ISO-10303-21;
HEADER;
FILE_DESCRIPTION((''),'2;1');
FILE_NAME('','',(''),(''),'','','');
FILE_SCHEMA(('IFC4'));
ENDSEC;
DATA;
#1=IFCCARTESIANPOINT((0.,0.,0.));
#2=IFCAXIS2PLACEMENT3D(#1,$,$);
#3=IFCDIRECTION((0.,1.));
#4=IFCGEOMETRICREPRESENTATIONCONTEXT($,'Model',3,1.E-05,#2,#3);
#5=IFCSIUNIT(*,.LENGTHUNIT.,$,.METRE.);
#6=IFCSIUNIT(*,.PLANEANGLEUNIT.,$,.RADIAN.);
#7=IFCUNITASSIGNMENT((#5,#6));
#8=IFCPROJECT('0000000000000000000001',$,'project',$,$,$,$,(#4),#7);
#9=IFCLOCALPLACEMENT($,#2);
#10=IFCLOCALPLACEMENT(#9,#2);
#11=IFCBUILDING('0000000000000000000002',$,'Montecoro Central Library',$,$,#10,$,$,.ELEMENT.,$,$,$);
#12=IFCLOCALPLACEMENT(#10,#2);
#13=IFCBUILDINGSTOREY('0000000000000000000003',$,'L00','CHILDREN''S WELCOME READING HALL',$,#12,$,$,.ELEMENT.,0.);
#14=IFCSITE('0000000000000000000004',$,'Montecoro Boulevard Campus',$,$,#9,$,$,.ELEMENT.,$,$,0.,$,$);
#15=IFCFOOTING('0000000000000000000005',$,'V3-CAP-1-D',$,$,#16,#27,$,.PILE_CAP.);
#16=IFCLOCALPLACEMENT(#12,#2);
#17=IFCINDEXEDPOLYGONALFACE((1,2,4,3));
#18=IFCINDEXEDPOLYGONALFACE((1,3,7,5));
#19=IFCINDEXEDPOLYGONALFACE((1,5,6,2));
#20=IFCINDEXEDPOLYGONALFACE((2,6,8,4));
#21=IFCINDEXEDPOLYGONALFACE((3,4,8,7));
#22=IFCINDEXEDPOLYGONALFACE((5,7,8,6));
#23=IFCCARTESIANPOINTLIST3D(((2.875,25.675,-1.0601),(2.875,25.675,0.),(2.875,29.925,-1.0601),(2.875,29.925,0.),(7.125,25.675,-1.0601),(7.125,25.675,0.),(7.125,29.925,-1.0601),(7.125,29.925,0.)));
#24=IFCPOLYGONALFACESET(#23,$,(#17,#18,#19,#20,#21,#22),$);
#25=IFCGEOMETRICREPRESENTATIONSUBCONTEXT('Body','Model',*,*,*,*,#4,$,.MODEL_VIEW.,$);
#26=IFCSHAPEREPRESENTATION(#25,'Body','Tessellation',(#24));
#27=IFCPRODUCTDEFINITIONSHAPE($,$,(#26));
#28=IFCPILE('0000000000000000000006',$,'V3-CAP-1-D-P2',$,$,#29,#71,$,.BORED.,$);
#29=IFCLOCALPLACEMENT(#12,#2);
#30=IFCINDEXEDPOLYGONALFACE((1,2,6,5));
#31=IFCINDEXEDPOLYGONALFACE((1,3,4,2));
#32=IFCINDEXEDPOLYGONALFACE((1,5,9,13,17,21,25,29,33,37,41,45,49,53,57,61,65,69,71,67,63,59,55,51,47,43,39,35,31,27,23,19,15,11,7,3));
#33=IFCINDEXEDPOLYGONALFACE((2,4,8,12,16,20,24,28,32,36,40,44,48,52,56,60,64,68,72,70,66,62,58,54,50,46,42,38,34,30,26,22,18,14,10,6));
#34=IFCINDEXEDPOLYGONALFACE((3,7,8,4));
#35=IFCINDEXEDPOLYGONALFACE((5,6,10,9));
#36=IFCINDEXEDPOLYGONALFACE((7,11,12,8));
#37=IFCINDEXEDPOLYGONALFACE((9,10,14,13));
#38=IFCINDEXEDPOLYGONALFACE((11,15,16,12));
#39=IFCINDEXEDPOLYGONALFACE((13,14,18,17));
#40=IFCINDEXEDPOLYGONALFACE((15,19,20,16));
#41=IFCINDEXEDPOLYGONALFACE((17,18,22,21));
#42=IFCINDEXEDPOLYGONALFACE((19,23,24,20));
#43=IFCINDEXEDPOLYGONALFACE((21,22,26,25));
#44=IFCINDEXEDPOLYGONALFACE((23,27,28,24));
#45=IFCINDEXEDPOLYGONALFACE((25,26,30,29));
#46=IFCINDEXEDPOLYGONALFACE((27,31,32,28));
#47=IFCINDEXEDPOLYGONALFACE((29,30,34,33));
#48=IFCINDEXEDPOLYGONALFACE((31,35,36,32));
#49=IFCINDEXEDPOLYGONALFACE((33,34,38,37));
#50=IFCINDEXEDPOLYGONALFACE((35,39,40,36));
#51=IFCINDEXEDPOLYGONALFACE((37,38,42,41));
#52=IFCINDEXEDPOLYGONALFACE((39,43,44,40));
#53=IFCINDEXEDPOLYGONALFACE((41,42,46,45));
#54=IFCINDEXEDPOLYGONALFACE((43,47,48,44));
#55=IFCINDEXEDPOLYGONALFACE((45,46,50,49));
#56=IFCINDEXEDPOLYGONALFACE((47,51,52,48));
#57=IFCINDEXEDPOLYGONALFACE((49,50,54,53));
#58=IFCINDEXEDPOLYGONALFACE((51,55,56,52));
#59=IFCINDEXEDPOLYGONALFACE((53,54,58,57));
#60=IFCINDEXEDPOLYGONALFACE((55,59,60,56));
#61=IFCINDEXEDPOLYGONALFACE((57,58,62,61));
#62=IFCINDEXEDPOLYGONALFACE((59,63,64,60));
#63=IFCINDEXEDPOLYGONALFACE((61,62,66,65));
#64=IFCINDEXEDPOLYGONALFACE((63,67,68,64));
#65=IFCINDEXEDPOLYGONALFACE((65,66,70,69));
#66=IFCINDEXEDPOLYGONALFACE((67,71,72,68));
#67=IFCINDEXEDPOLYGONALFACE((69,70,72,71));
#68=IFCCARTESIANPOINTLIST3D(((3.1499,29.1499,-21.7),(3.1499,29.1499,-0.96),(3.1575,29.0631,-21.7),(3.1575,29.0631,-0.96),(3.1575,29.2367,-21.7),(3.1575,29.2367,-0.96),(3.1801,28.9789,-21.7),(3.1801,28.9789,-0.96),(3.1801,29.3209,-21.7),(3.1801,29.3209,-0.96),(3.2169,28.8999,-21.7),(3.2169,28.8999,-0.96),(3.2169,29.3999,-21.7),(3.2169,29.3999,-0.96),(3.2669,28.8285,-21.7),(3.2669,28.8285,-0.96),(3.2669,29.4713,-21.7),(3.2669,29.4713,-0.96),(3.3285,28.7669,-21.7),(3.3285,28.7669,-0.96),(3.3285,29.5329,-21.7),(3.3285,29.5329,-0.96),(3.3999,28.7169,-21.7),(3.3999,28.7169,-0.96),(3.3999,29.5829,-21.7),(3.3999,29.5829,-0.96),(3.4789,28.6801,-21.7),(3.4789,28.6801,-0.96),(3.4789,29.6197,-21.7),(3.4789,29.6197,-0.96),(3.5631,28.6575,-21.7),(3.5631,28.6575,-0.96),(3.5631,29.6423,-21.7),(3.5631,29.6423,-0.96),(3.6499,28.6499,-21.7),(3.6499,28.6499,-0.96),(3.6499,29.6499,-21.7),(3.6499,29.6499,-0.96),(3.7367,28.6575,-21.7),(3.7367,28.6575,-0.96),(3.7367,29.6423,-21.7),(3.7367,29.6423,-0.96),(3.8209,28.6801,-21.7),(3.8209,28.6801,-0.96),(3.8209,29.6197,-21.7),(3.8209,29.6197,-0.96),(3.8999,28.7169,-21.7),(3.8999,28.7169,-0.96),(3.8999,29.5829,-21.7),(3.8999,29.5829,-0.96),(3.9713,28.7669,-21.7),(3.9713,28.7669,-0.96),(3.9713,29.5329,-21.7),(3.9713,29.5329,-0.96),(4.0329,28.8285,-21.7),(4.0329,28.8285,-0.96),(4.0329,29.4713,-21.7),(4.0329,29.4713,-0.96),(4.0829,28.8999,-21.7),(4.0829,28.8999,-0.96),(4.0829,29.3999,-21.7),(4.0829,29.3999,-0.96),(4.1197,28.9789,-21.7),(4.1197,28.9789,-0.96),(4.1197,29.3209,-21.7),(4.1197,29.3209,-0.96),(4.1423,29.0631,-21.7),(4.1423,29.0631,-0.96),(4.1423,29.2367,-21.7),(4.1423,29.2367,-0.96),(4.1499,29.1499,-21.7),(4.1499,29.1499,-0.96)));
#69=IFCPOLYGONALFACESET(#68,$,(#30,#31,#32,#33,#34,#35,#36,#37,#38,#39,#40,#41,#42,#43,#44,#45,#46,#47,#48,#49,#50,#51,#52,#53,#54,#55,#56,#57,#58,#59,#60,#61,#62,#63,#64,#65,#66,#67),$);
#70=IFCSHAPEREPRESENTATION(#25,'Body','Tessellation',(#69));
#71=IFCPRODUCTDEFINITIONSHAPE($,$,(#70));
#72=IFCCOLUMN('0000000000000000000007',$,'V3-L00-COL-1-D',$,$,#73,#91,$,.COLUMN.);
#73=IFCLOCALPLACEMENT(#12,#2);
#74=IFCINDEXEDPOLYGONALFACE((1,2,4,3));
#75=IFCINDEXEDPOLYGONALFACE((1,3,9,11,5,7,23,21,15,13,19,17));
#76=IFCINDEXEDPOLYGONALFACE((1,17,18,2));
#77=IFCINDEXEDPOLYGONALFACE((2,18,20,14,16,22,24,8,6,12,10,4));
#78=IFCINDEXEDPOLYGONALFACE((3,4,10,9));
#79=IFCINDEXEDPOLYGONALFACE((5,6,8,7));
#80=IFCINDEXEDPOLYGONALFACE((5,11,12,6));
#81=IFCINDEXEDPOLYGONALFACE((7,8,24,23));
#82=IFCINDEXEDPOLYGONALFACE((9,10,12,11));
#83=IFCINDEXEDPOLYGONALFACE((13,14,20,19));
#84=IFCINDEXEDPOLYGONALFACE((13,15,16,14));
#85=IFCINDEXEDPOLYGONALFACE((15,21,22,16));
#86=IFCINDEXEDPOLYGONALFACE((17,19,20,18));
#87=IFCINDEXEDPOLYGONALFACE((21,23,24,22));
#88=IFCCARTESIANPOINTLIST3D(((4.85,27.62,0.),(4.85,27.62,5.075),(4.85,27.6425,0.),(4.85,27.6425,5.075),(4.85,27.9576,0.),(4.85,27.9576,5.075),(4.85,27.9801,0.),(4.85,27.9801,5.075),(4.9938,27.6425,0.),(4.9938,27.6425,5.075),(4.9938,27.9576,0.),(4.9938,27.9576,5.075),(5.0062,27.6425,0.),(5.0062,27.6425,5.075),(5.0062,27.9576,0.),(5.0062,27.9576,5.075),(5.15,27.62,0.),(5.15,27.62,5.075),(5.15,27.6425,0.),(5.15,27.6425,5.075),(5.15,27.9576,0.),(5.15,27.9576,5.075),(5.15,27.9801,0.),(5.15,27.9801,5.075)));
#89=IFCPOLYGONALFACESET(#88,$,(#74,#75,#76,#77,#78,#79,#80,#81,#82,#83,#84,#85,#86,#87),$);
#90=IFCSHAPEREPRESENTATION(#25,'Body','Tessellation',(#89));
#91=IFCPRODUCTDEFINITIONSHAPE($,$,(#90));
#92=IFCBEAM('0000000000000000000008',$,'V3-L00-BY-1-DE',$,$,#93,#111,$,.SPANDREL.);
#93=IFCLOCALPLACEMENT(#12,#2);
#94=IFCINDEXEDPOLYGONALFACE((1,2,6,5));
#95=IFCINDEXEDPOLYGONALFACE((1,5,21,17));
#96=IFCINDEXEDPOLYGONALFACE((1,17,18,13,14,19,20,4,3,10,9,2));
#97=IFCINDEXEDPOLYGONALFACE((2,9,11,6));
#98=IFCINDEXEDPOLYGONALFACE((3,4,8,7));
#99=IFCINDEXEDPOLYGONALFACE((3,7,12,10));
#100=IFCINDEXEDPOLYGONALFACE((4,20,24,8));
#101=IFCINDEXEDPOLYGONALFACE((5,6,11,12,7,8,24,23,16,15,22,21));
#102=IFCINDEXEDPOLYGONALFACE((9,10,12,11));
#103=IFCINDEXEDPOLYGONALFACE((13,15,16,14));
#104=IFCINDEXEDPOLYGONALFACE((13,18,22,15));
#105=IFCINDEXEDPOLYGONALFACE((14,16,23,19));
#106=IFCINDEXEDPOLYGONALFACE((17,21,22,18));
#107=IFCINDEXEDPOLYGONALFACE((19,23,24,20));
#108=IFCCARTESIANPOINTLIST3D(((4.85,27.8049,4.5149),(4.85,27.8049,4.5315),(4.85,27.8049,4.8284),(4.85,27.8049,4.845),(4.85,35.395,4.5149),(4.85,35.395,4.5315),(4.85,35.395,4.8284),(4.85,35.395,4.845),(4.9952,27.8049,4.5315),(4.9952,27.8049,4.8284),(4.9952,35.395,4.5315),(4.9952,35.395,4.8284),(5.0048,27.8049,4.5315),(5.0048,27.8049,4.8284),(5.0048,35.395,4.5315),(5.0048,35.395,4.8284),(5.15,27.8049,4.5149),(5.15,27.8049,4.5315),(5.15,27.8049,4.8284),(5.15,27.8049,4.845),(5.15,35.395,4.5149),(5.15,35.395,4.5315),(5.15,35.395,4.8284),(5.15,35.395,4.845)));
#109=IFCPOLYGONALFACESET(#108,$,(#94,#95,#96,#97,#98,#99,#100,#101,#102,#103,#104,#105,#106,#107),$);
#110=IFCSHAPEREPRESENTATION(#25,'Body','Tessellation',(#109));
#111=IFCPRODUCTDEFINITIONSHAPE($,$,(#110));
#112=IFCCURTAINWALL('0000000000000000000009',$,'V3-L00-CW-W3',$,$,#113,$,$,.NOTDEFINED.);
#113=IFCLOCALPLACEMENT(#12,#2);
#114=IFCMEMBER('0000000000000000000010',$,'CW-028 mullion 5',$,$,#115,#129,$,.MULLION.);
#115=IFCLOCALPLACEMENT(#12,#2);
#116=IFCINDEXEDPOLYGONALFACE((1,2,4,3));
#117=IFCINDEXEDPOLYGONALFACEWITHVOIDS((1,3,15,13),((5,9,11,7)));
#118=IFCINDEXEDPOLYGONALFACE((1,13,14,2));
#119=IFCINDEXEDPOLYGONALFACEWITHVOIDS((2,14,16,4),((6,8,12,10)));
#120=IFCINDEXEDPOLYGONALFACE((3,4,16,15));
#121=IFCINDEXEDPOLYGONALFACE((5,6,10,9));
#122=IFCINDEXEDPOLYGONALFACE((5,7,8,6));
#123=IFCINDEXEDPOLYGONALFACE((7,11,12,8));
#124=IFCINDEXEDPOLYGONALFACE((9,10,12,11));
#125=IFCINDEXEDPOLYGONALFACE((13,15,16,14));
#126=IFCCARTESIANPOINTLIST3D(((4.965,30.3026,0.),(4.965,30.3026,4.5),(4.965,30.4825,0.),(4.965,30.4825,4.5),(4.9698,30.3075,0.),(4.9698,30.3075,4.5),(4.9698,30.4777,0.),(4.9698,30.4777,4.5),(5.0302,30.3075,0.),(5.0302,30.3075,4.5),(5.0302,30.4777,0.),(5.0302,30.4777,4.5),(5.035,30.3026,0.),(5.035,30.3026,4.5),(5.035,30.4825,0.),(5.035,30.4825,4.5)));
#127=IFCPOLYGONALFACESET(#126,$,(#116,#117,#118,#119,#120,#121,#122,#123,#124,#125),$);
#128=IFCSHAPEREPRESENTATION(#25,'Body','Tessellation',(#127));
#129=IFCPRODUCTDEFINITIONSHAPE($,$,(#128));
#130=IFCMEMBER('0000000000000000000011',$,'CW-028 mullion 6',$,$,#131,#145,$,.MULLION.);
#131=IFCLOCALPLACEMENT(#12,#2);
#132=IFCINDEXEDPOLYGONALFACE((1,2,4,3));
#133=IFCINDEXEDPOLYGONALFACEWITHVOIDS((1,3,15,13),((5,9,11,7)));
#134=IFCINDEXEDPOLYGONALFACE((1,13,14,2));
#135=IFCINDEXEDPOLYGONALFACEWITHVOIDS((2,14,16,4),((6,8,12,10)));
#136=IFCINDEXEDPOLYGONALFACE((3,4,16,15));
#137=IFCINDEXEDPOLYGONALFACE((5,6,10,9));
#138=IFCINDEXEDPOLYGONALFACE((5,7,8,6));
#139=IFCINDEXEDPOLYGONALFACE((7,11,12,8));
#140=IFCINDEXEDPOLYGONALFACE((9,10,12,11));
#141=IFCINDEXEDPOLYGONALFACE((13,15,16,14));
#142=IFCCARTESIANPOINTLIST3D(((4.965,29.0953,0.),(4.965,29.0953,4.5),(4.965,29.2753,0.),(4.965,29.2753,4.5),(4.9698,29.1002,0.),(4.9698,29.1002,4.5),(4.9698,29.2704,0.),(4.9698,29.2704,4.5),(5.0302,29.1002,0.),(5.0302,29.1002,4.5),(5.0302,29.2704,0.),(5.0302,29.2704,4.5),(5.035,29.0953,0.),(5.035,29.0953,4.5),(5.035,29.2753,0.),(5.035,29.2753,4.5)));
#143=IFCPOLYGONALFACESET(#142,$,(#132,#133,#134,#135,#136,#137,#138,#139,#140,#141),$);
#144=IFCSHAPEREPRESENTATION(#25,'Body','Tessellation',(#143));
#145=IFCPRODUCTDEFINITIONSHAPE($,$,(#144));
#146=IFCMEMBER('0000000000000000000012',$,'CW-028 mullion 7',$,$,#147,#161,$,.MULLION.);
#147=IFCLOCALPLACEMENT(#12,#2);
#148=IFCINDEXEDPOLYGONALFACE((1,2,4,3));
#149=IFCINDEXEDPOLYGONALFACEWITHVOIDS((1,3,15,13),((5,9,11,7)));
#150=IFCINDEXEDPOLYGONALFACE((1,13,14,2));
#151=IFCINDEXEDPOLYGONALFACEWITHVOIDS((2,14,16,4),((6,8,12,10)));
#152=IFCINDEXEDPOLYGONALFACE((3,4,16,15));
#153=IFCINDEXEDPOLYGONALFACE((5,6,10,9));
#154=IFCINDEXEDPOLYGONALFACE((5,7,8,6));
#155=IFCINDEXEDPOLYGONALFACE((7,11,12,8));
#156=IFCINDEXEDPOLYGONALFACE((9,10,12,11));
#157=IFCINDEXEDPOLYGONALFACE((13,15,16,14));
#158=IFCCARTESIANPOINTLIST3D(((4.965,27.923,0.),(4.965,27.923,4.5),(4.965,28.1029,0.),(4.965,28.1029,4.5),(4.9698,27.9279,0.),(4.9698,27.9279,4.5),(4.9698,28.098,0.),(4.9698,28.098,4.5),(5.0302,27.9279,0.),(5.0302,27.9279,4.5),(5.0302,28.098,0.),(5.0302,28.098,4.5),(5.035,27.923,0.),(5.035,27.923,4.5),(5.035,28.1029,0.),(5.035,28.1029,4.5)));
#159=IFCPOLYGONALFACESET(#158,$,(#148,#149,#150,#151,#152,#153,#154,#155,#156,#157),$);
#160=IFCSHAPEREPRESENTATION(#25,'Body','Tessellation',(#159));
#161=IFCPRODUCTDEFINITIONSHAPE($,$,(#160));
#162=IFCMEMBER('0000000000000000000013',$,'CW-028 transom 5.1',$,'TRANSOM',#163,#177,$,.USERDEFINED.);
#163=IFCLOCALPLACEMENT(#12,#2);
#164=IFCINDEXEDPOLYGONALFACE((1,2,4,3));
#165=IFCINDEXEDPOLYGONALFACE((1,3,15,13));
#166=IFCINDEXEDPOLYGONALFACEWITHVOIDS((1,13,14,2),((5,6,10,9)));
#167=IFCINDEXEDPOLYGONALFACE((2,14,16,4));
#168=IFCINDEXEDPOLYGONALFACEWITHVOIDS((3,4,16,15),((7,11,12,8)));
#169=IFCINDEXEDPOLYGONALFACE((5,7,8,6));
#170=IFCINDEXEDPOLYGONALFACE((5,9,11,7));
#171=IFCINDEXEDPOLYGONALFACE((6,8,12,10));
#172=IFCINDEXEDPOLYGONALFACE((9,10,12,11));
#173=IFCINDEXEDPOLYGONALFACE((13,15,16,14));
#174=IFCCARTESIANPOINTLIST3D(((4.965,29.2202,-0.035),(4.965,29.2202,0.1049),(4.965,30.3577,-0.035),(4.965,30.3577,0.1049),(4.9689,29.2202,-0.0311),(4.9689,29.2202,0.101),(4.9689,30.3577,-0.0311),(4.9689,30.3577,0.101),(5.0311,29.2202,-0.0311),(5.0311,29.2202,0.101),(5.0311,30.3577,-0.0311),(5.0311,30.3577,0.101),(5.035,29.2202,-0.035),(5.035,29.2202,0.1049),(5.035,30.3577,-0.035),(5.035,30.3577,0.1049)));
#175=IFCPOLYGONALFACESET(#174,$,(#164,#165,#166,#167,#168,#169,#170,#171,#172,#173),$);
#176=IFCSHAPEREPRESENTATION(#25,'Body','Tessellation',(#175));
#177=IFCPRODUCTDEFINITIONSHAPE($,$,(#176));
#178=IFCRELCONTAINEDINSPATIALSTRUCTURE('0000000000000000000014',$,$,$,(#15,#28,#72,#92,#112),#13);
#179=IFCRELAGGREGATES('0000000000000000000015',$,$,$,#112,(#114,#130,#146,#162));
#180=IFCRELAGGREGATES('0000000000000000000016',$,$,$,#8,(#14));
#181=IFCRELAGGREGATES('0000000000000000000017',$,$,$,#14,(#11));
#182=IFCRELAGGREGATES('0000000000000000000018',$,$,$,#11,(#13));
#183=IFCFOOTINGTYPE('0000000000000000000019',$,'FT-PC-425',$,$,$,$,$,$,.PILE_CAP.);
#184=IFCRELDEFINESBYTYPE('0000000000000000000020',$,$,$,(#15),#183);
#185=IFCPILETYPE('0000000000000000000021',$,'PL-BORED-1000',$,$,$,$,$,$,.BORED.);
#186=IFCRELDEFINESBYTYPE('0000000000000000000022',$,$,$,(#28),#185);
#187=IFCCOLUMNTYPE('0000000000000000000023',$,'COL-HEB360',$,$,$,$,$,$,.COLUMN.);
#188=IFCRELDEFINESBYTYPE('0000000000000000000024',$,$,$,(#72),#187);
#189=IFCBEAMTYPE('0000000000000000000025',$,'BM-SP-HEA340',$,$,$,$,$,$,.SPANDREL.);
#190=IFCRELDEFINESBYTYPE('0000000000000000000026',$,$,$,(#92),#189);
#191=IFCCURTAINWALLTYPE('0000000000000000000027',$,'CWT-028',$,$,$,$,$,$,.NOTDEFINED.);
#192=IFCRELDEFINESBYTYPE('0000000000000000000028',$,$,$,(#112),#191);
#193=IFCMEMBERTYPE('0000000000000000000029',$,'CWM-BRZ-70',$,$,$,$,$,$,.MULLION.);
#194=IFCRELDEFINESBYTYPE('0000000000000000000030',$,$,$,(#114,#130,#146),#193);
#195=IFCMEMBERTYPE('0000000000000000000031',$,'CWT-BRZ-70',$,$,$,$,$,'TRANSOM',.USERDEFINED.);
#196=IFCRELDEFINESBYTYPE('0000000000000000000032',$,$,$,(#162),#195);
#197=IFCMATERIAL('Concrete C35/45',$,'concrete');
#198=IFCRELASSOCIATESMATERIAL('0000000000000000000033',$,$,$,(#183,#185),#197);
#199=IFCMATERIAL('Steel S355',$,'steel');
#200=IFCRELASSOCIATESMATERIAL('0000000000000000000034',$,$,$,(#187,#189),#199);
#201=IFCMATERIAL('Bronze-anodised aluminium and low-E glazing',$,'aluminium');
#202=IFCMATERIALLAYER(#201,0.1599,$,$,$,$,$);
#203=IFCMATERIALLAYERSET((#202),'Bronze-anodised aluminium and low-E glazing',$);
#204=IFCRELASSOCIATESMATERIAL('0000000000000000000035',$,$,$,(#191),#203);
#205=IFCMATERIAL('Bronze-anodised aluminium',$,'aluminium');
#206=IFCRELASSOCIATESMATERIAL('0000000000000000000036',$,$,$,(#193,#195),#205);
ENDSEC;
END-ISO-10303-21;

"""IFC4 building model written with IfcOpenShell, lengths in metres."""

from ifc_helpers import new_model, si_unit, direction, frame, origin, origin_2d, place, context, subcontext, project, spatial, rectangle, hollow_rectangle, circle, i_section, extrude, material, layer, layer_set, material_profile, profile_set, type_object, element, aggregate, save


model = new_model("IFC4")

# Units and contexts
model_context = context("Model", 3, precision=1e-05, world=origin(), true_north=direction((0.0, 1.0)))
body_context = subcontext(model_context, "Body", "Model", "MODEL_VIEW")
ifc_project = project(units=[si_unit("LENGTHUNIT", "METRE"), si_unit("PLANEANGLEUNIT", "RADIAN")], contexts=[model_context])

# Site, building, storey
site_placement = place(None, origin())
site = spatial("IfcSite", under=ifc_project, at=site_placement, Name="Montecoro Boulevard Campus", CompositionType="ELEMENT", RefElevation=0.0)
building_placement = place(site_placement, origin())
building = spatial("IfcBuilding", under=site, at=building_placement, Name="Montecoro Central Library", CompositionType="ELEMENT")
storey_placement = place(building_placement, origin())
storey = spatial("IfcBuildingStorey", under=building, at=storey_placement, Name="L00", Description="CHILDREN'S WELCOME READING HALL", CompositionType="ELEMENT", Elevation=0.0)

# Footing
ifc_material_1 = material(Name="Concrete C35/45", Category="concrete")
footing_type = type_object("IfcFootingType", Name="FT-PC-425", PredefinedType="PILE_CAP", material=ifc_material_1)
footing_placement = place(storey_placement, frame((5.0, 27.8, -1.0601), z_axis=(0.0, 0.0, 1.0), x_axis=(1.0, 0.0, 0.0)))
element("IfcFooting", 1, at=footing_placement, inside=storey, type_object=footing_type, Name="V3-CAP-1-D", PredefinedType="PILE_CAP", context=body_context, shape_type="SweptSolid", body=[
    extrude(rectangle(XDim=4.25, YDim=4.25, at=origin_2d()), origin(), (0.0, 0.0, 1.0), 1.0601),
])

# Pile
ifc_material_profile_1 = material_profile(ifc_material_1, circle(Radius=0.5, at=origin_2d()), Name="PILE D1000")
ifc_profile_set_1 = profile_set([ifc_material_profile_1], Name="Concrete C35/45")
pile_type = type_object("IfcPileType", Name="PL-BORED-1000", PredefinedType="BORED", material=ifc_profile_set_1)
pile_placement = place(storey_placement, frame((3.6499, 29.1499, -0.96), z_axis=(0.0, 0.0, -1.0), x_axis=(1.0, 0.0, 0.0)))
element("IfcPile", 2, at=pile_placement, inside=storey, type_object=pile_type, Name="V3-CAP-1-D-P2", PredefinedType="BORED", context=body_context, shape_type="SweptSolid", body=[
    extrude(circle(Radius=0.5, at=origin_2d()), origin(), (0.0, 0.0, 1.0), 20.74),
])

# Column
ifc_material_2 = material(Name="Steel S355", Category="steel")
ifc_material_profile_2 = material_profile(ifc_material_2, i_section(OverallWidth=0.3, OverallDepth=0.3601, WebThickness=0.0125, FlangeThickness=0.0225, at=origin_2d()), Name="HEB 360")
ifc_profile_set_2 = profile_set([ifc_material_profile_2], Name="Steel S355")
column_type = type_object("IfcColumnType", Name="COL-HEB360", PredefinedType="COLUMN", material=ifc_profile_set_2)
column_placement = place(storey_placement, frame((5.0, 27.8, 0.0), z_axis=(0.0, 0.0, 1.0), x_axis=(1.0, 0.0, 0.0)))
element("IfcColumn", 3, at=column_placement, inside=storey, type_object=column_type, Name="V3-L00-COL-1-D", PredefinedType="COLUMN", context=body_context, shape_type="SweptSolid", body=[
    extrude(i_section(OverallWidth=0.3, OverallDepth=0.3601, WebThickness=0.0125, FlangeThickness=0.0225, at=origin_2d()), origin(), (0.0, 0.0, 1.0), 5.075),
])

# Beam
ifc_material_profile_3 = material_profile(ifc_material_2, i_section(OverallWidth=0.3, OverallDepth=0.3301, WebThickness=0.0095, FlangeThickness=0.0166, at=origin_2d()), Name="HEA 340")
ifc_profile_set_3 = profile_set([ifc_material_profile_3], Name="Steel S355")
beam_type = type_object("IfcBeamType", Name="BM-SP-HEA340", PredefinedType="SPANDREL", material=ifc_profile_set_3)
beam_placement = place(storey_placement, frame((5.0, 27.8049, 4.6799), z_axis=(0.0, 1.0, 0.0), x_axis=(-1.0, 0.0, 0.0)))
element("IfcBeam", 4, at=beam_placement, inside=storey, type_object=beam_type, Name="V3-L00-BY-1-DE", PredefinedType="SPANDREL", context=body_context, shape_type="SweptSolid", body=[
    extrude(i_section(OverallWidth=0.3, OverallDepth=0.3301, WebThickness=0.0095, FlangeThickness=0.0166, at=origin_2d()), origin(), (0.0, 0.0, 1.0), 7.5901),
])

# Curtain wall, members
ifc_material_3 = material(Name="Bronze-anodised aluminium and low-E glazing", Category="aluminium")
ifc_layer_1 = layer(ifc_material_3, 0.1599)
ifc_layer_set_1 = layer_set([ifc_layer_1], Name="Bronze-anodised aluminium and low-E glazing")
curtain_wall_type = type_object("IfcCurtainWallType", Name="CWT-028", PredefinedType="NOTDEFINED", material=ifc_layer_set_1)
curtain_wall_placement = place(storey_placement, origin())
curtain_wall = element("IfcCurtainWall", 5, at=curtain_wall_placement, inside=storey, type_object=curtain_wall_type, Name="V3-L00-CW-W3", PredefinedType="NOTDEFINED")
ifc_material_4 = material(Name="Bronze-anodised aluminium", Category="aluminium")
ifc_material_profile_4 = material_profile(ifc_material_4, hollow_rectangle(XDim=0.0701, YDim=0.1799, WallThickness=0.0049, at=origin_2d()), Name="CWM 180x70x5.0")
ifc_profile_set_4 = profile_set([ifc_material_profile_4], Name="Bronze-anodised aluminium")
member_type_1 = type_object("IfcMemberType", Name="CWM-BRZ-70", PredefinedType="MULLION", material=ifc_profile_set_4)
member_1_placement = place(storey_placement, frame((5.0, 30.3926, 0.0), z_axis=(0.0, 0.0, 1.0), x_axis=(1.0, 0.0, 0.0)))
member_1 = element("IfcMember", 6, at=member_1_placement, type_object=member_type_1, Name="CW-028 mullion 5", PredefinedType="MULLION", context=body_context, shape_type="SweptSolid", body=[
    extrude(hollow_rectangle(XDim=0.0701, YDim=0.1799, WallThickness=0.0049, at=origin_2d()), origin(), (0.0, 0.0, 1.0), 4.5),
])
member_2_placement = place(storey_placement, frame((5.0, 29.1853, 0.0), z_axis=(0.0, 0.0, 1.0), x_axis=(1.0, 0.0, 0.0)))
member_2 = element("IfcMember", 7, at=member_2_placement, type_object=member_type_1, Name="CW-028 mullion 6", PredefinedType="MULLION", context=body_context, shape_type="SweptSolid", body=[
    extrude(hollow_rectangle(XDim=0.0701, YDim=0.1799, WallThickness=0.0049, at=origin_2d()), origin(), (0.0, 0.0, 1.0), 4.5),
])
member_3_placement = place(storey_placement, frame((5.0, 28.0129, 0.0), z_axis=(0.0, 0.0, 1.0), x_axis=(1.0, 0.0, 0.0)))
member_3 = element("IfcMember", 8, at=member_3_placement, type_object=member_type_1, Name="CW-028 mullion 7", PredefinedType="MULLION", context=body_context, shape_type="SweptSolid", body=[
    extrude(hollow_rectangle(XDim=0.0701, YDim=0.1799, WallThickness=0.0049, at=origin_2d()), origin(), (0.0, 0.0, 1.0), 4.5),
])
ifc_material_profile_5 = material_profile(ifc_material_4, hollow_rectangle(XDim=0.0701, YDim=0.1399, WallThickness=0.0039, at=origin_2d()), Name="CWT 140x70x4.0")
ifc_profile_set_5 = profile_set([ifc_material_profile_5], Name="Bronze-anodised aluminium")
member_type_2 = type_object("IfcMemberType", Name="CWT-BRZ-70", ElementType="TRANSOM", PredefinedType="USERDEFINED", material=ifc_profile_set_5)
member_4_placement = place(storey_placement, frame((5.0, 30.3577, 0.0349), z_axis=(0.0, -1.0, 0.0), x_axis=(1.0, 0.0, 0.0)))
member_4 = element("IfcMember", 9, at=member_4_placement, type_object=member_type_2, Name="CW-028 transom 5.1", ObjectType="TRANSOM", PredefinedType="USERDEFINED", context=body_context, shape_type="SweptSolid", body=[
    extrude(hollow_rectangle(XDim=0.0701, YDim=0.1399, WallThickness=0.0039, at=origin_2d()), origin(), (0.0, 0.0, 1.0), 1.1375),
])
aggregate(curtain_wall, [member_1, member_2, member_3, member_4])

save(model, "model.ifc")
